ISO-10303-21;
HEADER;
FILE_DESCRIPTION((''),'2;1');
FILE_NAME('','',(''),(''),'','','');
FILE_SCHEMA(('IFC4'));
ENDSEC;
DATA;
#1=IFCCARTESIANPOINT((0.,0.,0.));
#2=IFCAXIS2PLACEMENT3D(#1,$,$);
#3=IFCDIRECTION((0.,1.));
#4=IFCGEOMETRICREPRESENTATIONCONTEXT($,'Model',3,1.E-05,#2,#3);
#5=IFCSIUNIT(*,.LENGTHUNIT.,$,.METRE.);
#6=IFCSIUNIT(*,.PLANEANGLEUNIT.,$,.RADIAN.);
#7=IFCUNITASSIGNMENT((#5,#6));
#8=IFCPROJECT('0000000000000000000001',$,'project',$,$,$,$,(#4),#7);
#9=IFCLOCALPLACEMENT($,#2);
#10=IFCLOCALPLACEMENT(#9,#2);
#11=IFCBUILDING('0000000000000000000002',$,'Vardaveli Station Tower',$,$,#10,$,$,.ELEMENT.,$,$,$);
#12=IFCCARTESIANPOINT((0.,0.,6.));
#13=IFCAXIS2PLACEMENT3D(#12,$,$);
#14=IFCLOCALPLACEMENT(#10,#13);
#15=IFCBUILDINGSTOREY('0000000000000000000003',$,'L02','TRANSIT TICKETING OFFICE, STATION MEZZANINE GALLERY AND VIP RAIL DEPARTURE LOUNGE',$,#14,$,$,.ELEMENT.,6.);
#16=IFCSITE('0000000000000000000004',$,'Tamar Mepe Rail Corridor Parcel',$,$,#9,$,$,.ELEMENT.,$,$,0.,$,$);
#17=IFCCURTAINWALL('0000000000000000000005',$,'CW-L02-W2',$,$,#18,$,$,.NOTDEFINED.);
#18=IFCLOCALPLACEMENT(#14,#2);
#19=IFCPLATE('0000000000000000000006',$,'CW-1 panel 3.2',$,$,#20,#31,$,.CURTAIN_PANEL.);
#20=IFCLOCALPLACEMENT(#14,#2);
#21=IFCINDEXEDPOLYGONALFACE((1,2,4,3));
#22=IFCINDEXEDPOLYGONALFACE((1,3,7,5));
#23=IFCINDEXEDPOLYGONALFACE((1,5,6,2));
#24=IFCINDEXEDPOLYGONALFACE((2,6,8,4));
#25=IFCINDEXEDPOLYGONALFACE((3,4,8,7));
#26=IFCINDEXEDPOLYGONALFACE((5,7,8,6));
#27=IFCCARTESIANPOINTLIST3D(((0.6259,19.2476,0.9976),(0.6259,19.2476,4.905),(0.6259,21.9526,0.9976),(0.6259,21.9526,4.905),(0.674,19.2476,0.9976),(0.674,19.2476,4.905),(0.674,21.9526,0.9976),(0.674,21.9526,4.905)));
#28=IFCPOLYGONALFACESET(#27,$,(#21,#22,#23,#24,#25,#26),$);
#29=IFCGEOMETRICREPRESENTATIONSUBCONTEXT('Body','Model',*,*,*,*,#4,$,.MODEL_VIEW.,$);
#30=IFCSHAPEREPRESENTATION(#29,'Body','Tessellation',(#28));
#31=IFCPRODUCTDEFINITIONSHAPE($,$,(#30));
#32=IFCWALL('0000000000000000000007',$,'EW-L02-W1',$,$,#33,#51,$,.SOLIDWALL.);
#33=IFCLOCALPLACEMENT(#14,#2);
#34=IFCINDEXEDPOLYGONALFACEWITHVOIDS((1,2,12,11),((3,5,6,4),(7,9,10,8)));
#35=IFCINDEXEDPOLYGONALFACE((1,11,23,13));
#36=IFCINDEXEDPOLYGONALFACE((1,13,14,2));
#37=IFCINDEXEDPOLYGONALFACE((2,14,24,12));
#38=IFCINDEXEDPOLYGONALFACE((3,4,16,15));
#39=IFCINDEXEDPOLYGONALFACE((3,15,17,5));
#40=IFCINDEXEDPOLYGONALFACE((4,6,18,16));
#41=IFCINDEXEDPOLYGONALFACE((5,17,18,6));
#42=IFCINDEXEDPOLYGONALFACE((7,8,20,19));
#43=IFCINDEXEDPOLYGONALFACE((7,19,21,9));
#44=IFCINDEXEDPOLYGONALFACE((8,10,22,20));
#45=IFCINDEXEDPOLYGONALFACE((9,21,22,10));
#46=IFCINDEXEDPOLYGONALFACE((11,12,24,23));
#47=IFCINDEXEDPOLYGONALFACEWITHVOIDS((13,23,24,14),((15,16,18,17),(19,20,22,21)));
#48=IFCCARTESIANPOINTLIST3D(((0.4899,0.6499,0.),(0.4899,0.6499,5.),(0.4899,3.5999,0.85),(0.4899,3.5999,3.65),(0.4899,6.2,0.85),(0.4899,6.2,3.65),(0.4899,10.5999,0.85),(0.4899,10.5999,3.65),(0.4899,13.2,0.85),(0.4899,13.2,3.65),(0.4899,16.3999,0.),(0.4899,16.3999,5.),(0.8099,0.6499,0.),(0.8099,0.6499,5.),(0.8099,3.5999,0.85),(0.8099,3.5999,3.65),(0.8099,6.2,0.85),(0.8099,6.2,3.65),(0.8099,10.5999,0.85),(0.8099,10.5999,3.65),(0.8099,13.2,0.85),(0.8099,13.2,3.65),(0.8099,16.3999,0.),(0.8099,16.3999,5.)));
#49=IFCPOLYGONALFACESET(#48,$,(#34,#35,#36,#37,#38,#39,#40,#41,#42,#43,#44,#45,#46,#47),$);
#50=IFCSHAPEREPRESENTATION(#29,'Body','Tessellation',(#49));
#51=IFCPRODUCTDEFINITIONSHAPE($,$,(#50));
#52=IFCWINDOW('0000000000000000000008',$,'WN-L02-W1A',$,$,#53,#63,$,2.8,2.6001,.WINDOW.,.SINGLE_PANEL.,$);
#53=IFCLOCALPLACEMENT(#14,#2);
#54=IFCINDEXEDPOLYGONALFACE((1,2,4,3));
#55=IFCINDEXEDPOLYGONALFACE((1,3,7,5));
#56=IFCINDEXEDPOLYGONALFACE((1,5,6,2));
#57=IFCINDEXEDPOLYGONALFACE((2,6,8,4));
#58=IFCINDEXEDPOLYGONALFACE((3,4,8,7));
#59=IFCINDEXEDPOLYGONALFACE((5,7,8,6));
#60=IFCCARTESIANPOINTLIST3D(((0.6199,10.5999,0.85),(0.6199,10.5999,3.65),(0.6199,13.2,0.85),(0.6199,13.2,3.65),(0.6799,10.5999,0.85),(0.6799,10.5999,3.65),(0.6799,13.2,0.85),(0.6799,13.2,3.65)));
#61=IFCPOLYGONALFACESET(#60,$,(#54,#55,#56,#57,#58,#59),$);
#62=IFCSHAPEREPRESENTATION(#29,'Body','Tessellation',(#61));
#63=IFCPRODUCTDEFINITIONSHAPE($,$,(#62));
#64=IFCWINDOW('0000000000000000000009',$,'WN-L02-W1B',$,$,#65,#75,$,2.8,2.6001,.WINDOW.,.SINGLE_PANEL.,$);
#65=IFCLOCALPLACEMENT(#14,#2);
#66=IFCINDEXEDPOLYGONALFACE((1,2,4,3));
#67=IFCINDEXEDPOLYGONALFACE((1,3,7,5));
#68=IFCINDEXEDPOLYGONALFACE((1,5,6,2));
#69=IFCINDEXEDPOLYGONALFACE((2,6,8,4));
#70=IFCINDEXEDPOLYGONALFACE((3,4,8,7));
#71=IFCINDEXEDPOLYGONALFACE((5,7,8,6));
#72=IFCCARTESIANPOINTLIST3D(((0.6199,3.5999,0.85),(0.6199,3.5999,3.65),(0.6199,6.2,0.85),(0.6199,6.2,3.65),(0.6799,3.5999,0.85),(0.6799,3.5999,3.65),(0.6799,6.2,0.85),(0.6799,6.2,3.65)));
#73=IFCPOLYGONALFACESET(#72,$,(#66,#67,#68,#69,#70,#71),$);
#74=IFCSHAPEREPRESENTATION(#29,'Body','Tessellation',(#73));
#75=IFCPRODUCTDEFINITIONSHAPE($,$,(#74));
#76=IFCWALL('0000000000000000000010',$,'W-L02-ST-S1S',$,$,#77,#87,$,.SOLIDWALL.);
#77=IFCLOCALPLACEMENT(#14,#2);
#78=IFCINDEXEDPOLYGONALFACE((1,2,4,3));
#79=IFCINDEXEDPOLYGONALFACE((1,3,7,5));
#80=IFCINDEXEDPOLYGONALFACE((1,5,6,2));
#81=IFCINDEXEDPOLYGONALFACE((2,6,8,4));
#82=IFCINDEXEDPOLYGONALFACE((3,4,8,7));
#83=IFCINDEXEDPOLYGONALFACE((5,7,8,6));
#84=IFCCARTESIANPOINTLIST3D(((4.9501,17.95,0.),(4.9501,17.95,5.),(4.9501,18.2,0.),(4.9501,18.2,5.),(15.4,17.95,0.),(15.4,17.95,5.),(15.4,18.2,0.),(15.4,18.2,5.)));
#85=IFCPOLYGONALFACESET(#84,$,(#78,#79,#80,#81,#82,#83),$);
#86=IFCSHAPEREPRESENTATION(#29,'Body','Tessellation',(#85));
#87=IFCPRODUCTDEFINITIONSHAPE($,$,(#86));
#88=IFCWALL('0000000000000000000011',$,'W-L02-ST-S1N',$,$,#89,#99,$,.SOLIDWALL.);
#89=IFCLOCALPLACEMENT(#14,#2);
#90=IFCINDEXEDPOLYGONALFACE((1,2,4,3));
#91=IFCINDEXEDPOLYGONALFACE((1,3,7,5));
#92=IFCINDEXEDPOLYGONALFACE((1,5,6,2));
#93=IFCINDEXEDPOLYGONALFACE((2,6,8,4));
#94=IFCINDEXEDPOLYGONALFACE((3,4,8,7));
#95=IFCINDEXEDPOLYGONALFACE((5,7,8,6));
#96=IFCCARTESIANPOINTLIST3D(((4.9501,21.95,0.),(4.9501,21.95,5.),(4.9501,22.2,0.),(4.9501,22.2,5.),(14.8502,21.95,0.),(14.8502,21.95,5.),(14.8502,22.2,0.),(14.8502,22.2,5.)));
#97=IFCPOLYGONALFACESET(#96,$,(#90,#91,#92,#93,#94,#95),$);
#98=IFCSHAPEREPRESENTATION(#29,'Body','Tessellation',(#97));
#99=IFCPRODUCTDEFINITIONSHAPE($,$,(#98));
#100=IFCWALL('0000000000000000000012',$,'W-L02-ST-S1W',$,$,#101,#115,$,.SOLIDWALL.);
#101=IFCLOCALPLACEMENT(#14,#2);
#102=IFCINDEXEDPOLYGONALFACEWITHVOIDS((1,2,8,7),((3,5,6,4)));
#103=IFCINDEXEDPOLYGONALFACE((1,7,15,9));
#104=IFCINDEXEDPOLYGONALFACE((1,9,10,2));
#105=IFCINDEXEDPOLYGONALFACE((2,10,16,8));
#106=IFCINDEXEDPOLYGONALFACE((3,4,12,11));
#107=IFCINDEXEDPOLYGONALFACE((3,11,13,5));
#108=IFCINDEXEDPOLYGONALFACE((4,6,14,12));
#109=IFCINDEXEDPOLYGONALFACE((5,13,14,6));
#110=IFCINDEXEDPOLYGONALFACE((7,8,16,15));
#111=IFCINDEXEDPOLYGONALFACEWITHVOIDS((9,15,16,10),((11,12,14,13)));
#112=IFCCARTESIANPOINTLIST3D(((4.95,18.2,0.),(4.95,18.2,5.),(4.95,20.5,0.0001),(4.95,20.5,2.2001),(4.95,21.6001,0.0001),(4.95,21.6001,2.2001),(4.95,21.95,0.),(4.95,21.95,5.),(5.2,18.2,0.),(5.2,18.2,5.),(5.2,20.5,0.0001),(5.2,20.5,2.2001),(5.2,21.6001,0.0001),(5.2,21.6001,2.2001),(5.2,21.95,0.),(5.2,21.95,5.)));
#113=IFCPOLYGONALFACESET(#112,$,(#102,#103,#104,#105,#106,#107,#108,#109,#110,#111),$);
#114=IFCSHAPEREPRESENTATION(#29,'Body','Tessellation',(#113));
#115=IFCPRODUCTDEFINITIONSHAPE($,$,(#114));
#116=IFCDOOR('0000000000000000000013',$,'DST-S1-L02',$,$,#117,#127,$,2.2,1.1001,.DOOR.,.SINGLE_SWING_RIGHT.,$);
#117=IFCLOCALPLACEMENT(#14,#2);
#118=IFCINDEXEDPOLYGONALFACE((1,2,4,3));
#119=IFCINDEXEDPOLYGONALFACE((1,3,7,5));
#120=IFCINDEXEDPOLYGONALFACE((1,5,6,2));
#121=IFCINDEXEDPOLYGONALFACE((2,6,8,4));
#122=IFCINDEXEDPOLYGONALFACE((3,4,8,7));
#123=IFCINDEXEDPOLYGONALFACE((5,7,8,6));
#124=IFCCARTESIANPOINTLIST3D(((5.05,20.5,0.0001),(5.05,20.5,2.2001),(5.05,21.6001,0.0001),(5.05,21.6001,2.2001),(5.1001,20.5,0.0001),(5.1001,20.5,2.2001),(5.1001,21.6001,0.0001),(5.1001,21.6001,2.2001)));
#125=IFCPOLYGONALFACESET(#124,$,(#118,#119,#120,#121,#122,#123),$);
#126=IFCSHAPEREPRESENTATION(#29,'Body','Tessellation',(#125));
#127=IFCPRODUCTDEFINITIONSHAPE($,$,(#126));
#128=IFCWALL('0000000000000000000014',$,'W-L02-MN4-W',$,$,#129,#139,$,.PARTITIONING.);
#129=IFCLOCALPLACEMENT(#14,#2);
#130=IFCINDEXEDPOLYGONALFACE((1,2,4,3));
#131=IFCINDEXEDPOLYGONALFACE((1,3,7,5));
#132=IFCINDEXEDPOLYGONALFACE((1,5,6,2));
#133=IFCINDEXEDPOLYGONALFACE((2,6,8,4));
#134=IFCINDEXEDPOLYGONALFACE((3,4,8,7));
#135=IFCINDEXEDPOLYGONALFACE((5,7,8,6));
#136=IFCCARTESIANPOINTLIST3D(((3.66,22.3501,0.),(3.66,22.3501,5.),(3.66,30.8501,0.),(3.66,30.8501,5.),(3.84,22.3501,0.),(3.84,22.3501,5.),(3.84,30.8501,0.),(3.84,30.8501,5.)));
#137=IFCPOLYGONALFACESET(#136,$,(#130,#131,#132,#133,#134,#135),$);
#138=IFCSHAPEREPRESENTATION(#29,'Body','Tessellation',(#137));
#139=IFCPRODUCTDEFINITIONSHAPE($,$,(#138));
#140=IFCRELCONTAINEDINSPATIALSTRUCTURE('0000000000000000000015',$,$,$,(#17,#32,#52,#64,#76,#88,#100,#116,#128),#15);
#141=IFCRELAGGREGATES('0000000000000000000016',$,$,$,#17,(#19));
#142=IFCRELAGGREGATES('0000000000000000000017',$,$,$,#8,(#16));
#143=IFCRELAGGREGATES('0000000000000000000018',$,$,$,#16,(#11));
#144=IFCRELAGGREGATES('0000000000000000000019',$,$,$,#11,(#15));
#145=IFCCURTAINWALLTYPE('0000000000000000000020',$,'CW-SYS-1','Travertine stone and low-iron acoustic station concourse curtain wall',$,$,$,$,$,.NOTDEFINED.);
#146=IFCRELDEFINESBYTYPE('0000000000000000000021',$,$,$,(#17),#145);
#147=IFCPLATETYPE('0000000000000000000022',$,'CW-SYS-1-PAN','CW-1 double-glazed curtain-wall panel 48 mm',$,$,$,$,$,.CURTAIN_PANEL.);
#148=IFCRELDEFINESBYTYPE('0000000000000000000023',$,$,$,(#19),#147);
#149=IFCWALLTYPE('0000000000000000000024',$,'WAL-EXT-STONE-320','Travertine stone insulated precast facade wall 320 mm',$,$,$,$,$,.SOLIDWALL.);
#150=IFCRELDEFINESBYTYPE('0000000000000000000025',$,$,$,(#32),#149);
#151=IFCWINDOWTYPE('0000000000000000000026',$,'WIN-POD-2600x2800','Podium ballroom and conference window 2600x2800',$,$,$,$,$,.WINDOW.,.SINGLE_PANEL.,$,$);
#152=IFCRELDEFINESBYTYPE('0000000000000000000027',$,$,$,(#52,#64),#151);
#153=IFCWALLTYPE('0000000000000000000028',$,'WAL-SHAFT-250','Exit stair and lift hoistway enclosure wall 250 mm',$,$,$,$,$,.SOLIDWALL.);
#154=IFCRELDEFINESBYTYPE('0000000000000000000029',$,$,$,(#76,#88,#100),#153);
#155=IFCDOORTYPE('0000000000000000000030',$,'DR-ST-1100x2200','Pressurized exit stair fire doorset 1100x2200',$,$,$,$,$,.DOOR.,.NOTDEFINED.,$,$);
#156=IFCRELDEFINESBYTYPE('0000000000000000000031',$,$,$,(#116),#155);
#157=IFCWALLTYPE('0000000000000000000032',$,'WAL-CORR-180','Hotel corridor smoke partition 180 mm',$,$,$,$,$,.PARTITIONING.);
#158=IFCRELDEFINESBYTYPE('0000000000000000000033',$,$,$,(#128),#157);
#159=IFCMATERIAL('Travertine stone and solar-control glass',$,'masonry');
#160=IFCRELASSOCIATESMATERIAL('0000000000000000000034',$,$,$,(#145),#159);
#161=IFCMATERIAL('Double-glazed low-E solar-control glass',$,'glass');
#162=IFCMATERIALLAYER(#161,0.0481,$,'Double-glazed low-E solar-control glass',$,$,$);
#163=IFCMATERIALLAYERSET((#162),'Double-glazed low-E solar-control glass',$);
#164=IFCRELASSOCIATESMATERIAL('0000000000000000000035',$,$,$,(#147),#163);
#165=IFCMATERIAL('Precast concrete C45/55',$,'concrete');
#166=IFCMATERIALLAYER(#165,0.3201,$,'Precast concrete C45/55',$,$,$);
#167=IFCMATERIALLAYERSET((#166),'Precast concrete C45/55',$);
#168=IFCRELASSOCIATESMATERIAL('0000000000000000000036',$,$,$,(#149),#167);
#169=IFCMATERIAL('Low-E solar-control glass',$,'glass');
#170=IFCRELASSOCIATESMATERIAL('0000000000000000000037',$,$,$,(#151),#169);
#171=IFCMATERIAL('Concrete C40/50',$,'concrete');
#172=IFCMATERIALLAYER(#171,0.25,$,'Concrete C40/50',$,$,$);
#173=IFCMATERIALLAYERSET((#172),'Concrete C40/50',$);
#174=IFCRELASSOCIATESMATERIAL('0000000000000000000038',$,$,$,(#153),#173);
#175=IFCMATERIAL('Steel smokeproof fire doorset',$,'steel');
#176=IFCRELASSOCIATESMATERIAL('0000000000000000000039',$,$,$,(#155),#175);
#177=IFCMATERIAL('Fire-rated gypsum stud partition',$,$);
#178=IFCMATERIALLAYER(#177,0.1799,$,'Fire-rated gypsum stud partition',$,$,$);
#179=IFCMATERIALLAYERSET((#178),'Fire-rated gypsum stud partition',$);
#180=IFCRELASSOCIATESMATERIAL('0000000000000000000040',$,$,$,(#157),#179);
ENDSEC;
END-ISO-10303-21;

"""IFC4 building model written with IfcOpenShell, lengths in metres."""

from ifc_helpers import new_model, si_unit, direction, frame, frame_2d, origin, origin_2d, place, context, subcontext, project, spatial, rectangle, extrude, source, transform, mapped, material, layer, layer_set, type_object, element, fill, aggregate, save


model = new_model("IFC4")

# Units and contexts
model_context = context("Model", 3, precision=1e-05, world=origin(), true_north=direction((0.0, 1.0)))
body_context = subcontext(model_context, "Body", "Model", "MODEL_VIEW")
ifc_project = project(units=[si_unit("LENGTHUNIT", "METRE"), si_unit("PLANEANGLEUNIT", "RADIAN")], contexts=[model_context])

# Site, building, storey
site_placement = place(None, origin())
site = spatial("IfcSite", under=ifc_project, at=site_placement, Name="Tamar Mepe Rail Corridor Parcel", CompositionType="ELEMENT", RefElevation=0.0)
building_placement = place(site_placement, origin())
building = spatial("IfcBuilding", under=site, at=building_placement, Name="Vardaveli Station Tower", CompositionType="ELEMENT")
storey_placement = place(building_placement, frame((0.0, 0.0, 6.0)))
storey = spatial("IfcBuildingStorey", under=building, at=storey_placement, Name="L02", Description="TRANSIT TICKETING OFFICE, STATION MEZZANINE GALLERY AND VIP RAIL DEPARTURE LOUNGE", CompositionType="ELEMENT", Elevation=6.0)

# Curtain wall, plate
ifc_material_1 = material(Name="Travertine stone and solar-control glass", Category="masonry")
curtain_wall_type = type_object("IfcCurtainWallType", Name="CW-SYS-1", Description="Travertine stone and low-iron acoustic station concourse curtain wall", PredefinedType="NOTDEFINED", material=ifc_material_1)
curtain_wall_placement = place(storey_placement, origin())
curtain_wall = element("IfcCurtainWall", 1, at=curtain_wall_placement, inside=storey, type_object=curtain_wall_type, Name="CW-L02-W2", PredefinedType="NOTDEFINED")
ifc_material_2 = material(Name="Double-glazed low-E solar-control glass", Category="glass")
ifc_layer_1 = layer(ifc_material_2, 0.0481, Name="Double-glazed low-E solar-control glass")
ifc_layer_set_1 = layer_set([ifc_layer_1], Name="Double-glazed low-E solar-control glass")
plate_type = type_object("IfcPlateType", Name="CW-SYS-1-PAN", Description="CW-1 double-glazed curtain-wall panel 48 mm", PredefinedType="CURTAIN_PANEL", material=ifc_layer_set_1)
shared_shape_1 = source(origin(), body_context, "Body", "SweptSolid", [
    extrude(rectangle(XDim=2.7051, YDim=0.0481, at=origin_2d()), origin(), (0.0, 0.0, 1.0), 3.9075),
])
plate_1_placement = place(storey_placement, frame((0.6499, 20.6001, 0.9976), z_axis=(0.0, 0.0, 1.0), x_axis=(0.0, -1.0, 0.0)))
plate_1 = element("IfcPlate", 2, at=plate_1_placement, type_object=plate_type, Name="CW-1 panel 3.2", PredefinedType="CURTAIN_PANEL", context=body_context, shape_type="MappedRepresentation", body=[
    mapped(shared_shape_1, transform((0.0, 0.0, 0.0), scale=1.0)),
])
aggregate(curtain_wall, [plate_1])

# Wall, openings, windows
ifc_material_3 = material(Name="Precast concrete C45/55", Category="concrete")
ifc_layer_2 = layer(ifc_material_3, 0.3201, Name="Precast concrete C45/55")
ifc_layer_set_2 = layer_set([ifc_layer_2], Name="Precast concrete C45/55")
wall_type_1 = type_object("IfcWallType", Name="WAL-EXT-STONE-320", Description="Travertine stone insulated precast facade wall 320 mm", PredefinedType="SOLIDWALL", material=ifc_layer_set_2)
shared_shape_2 = source(origin(), body_context, "Body", "SweptSolid", [
    extrude(rectangle(XDim=15.75, YDim=0.3201, at=frame_2d((7.875, 0.0))), origin(), (0.0, 0.0, 1.0), 5.0),
])
wall_1_placement = place(storey_placement, frame((0.6499, 16.3999, 0.0), z_axis=(0.0, 0.0, 1.0), x_axis=(0.0, -1.0, 0.0)))
wall_1 = element("IfcWall", 3, at=wall_1_placement, inside=storey, type_object=wall_type_1, Name="EW-L02-W1", PredefinedType="SOLIDWALL", context=body_context, shape_type="MappedRepresentation", body=[
    mapped(shared_shape_2, transform((0.0, 0.0, 0.0), scale=1.0)),
])
shared_shape_3 = source(origin(), body_context, "Body", "SweptSolid", [
    extrude(rectangle(XDim=2.6001, YDim=2.8, at=frame_2d((1.3, 1.3999))), frame((0.0, 0.1699, 0.0), z_axis=(0.0, -1.0, 0.0), x_axis=(1.0, 0.0, 0.0)), (0.0, 0.0, 1.0), 0.3401),
])
opening_1_placement = place(wall_1_placement, frame((3.2, 0.0, 0.8501)))
opening_1 = element("IfcOpeningElement", 4, at=opening_1_placement, cuts=wall_1, PredefinedType="OPENING", context=body_context, shape_type="MappedRepresentation", body=[
    mapped(shared_shape_3, transform((0.0, 0.0, 0.0), scale=1.0)),
])
opening_2_placement = place(wall_1_placement, frame((10.2, 0.0, 0.8501)))
opening_2 = element("IfcOpeningElement", 5, at=opening_2_placement, cuts=wall_1, PredefinedType="OPENING", context=body_context, shape_type="MappedRepresentation", body=[
    mapped(shared_shape_3, transform((0.0, 0.0, 0.0), scale=1.0)),
])
ifc_material_4 = material(Name="Low-E solar-control glass", Category="glass")
window_type = type_object("IfcWindowType", Name="WIN-POD-2600x2800", Description="Podium ballroom and conference window 2600x2800", PartitioningType="SINGLE_PANEL", PredefinedType="WINDOW", material=ifc_material_4)
shared_shape_4 = source(origin(), body_context, "Body", "SweptSolid", [
    extrude(rectangle(XDim=2.6001, YDim=2.8, at=frame_2d((1.3, 1.3999))), frame((0.0, 0.03, 0.0), z_axis=(0.0, -1.0, 0.0), x_axis=(1.0, 0.0, 0.0)), (0.0, 0.0, 1.0), 0.0601),
])
window_1_placement = place(opening_1_placement, origin())
window_1 = element("IfcWindow", 6, at=window_1_placement, inside=storey, type_object=window_type, Name="WN-L02-W1A", OverallHeight=2.8, OverallWidth=2.6001, PartitioningType="SINGLE_PANEL", PredefinedType="WINDOW", context=body_context, shape_type="MappedRepresentation", body=[
    mapped(shared_shape_4, transform((0.0, 0.0, 0.0), scale=1.0)),
])
fill(opening_1, window_1)
window_2_placement = place(opening_2_placement, origin())
window_2 = element("IfcWindow", 7, at=window_2_placement, inside=storey, type_object=window_type, Name="WN-L02-W1B", OverallHeight=2.8, OverallWidth=2.6001, PartitioningType="SINGLE_PANEL", PredefinedType="WINDOW", context=body_context, shape_type="MappedRepresentation", body=[
    mapped(shared_shape_4, transform((0.0, 0.0, 0.0), scale=1.0)),
])
fill(opening_2, window_2)

# Walls
ifc_material_5 = material(Name="Concrete C40/50", Category="concrete")
ifc_layer_3 = layer(ifc_material_5, 0.25, Name="Concrete C40/50")
ifc_layer_set_3 = layer_set([ifc_layer_3], Name="Concrete C40/50")
wall_type_2 = type_object("IfcWallType", Name="WAL-SHAFT-250", Description="Exit stair and lift hoistway enclosure wall 250 mm", PredefinedType="SOLIDWALL", material=ifc_layer_set_3)
shared_shape_5 = source(origin(), body_context, "Body", "SweptSolid", [
    extrude(rectangle(XDim=10.45, YDim=0.25, at=frame_2d((5.2251, 0.0))), origin(), (0.0, 0.0, 1.0), 5.0),
])
wall_2_placement = place(storey_placement, frame((4.95, 18.075, 0.0), z_axis=(0.0, 0.0, 1.0), x_axis=(1.0, 0.0, 0.0)))
element("IfcWall", 8, at=wall_2_placement, inside=storey, type_object=wall_type_2, Name="W-L02-ST-S1S", PredefinedType="SOLIDWALL", context=body_context, shape_type="MappedRepresentation", body=[
    mapped(shared_shape_5, transform((0.0, 0.0, 0.0), scale=1.0)),
])
shared_shape_6 = source(origin(), body_context, "Body", "SweptSolid", [
    extrude(rectangle(XDim=9.9001, YDim=0.25, at=frame_2d((4.9502, 0.0))), origin(), (0.0, 0.0, 1.0), 5.0),
])
wall_3_placement = place(storey_placement, frame((4.95, 22.075, 0.0), z_axis=(0.0, 0.0, 1.0), x_axis=(1.0, 0.0, 0.0)))
element("IfcWall", 9, at=wall_3_placement, inside=storey, type_object=wall_type_2, Name="W-L02-ST-S1N", PredefinedType="SOLIDWALL", context=body_context, shape_type="MappedRepresentation", body=[
    mapped(shared_shape_6, transform((0.0, 0.0, 0.0), scale=1.0)),
])

# Wall, opening, door
shared_shape_7 = source(origin(), body_context, "Body", "SweptSolid", [
    extrude(rectangle(XDim=3.75, YDim=0.25, at=frame_2d((1.875, 0.0))), origin(), (0.0, 0.0, 1.0), 5.0),
])
wall_4_placement = place(storey_placement, frame((5.075, 18.2, 0.0), z_axis=(0.0, 0.0, 1.0), x_axis=(0.0, 1.0, 0.0)))
wall_4 = element("IfcWall", 10, at=wall_4_placement, inside=storey, type_object=wall_type_2, Name="W-L02-ST-S1W", PredefinedType="SOLIDWALL", context=body_context, shape_type="MappedRepresentation", body=[
    mapped(shared_shape_7, transform((0.0, 0.0, 0.0), scale=1.0)),
])
shared_shape_8 = source(origin(), body_context, "Body", "SweptSolid", [
    extrude(rectangle(XDim=1.1001, YDim=2.2, at=frame_2d((0.55, 1.1001))), frame((0.0, 0.135, 0.0), z_axis=(0.0, -1.0, 0.0), x_axis=(1.0, 0.0, 0.0)), (0.0, 0.0, 1.0), 0.27),
])
opening_3_placement = place(wall_4_placement, frame((2.3, 0.0, 0.0)))
opening_3 = element("IfcOpeningElement", 11, at=opening_3_placement, cuts=wall_4, PredefinedType="OPENING", context=body_context, shape_type="MappedRepresentation", body=[
    mapped(shared_shape_8, transform((0.0, 0.0, 0.0), scale=1.0)),
])
ifc_material_6 = material(Name="Steel smokeproof fire doorset", Category="steel")
door_type = type_object("IfcDoorType", Name="DR-ST-1100x2200", Description="Pressurized exit stair fire doorset 1100x2200", OperationType="NOTDEFINED", PredefinedType="DOOR", material=ifc_material_6)
shared_shape_9 = source(origin(), body_context, "Body", "SweptSolid", [
    extrude(rectangle(XDim=1.1001, YDim=2.2, at=frame_2d((0.55, 1.1001))), frame((0.0, 0.0249, 0.0), z_axis=(0.0, -1.0, 0.0), x_axis=(1.0, 0.0, 0.0)), (0.0, 0.0, 1.0), 0.05),
])
door_placement = place(opening_3_placement, origin())
door = element("IfcDoor", 12, at=door_placement, inside=storey, type_object=door_type, Name="DST-S1-L02", OperationType="SINGLE_SWING_RIGHT", OverallHeight=2.2, OverallWidth=1.1001, PredefinedType="DOOR", context=body_context, shape_type="MappedRepresentation", body=[
    mapped(shared_shape_9, transform((0.0, 0.0, 0.0), scale=1.0)),
])
fill(opening_3, door)

# Wall
ifc_material_7 = material(Name="Fire-rated gypsum stud partition")
ifc_layer_4 = layer(ifc_material_7, 0.1799, Name="Fire-rated gypsum stud partition")
ifc_layer_set_4 = layer_set([ifc_layer_4], Name="Fire-rated gypsum stud partition")
wall_type_3 = type_object("IfcWallType", Name="WAL-CORR-180", Description="Hotel corridor smoke partition 180 mm", PredefinedType="PARTITIONING", material=ifc_layer_set_4)
shared_shape_10 = source(origin(), body_context, "Body", "SweptSolid", [
    extrude(rectangle(XDim=8.5, YDim=0.1799, at=frame_2d((4.25, 0.0))), origin(), (0.0, 0.0, 1.0), 5.0),
])
wall_5_placement = place(storey_placement, frame((3.75, 22.3501, 0.0), z_axis=(0.0, 0.0, 1.0), x_axis=(0.0, 1.0, 0.0)))
element("IfcWall", 13, at=wall_5_placement, inside=storey, type_object=wall_type_3, Name="W-L02-MN4-W", PredefinedType="PARTITIONING", context=body_context, shape_type="MappedRepresentation", body=[
    mapped(shared_shape_10, transform((0.0, 0.0, 0.0), scale=1.0)),
])

save(model, "model.ifc")
